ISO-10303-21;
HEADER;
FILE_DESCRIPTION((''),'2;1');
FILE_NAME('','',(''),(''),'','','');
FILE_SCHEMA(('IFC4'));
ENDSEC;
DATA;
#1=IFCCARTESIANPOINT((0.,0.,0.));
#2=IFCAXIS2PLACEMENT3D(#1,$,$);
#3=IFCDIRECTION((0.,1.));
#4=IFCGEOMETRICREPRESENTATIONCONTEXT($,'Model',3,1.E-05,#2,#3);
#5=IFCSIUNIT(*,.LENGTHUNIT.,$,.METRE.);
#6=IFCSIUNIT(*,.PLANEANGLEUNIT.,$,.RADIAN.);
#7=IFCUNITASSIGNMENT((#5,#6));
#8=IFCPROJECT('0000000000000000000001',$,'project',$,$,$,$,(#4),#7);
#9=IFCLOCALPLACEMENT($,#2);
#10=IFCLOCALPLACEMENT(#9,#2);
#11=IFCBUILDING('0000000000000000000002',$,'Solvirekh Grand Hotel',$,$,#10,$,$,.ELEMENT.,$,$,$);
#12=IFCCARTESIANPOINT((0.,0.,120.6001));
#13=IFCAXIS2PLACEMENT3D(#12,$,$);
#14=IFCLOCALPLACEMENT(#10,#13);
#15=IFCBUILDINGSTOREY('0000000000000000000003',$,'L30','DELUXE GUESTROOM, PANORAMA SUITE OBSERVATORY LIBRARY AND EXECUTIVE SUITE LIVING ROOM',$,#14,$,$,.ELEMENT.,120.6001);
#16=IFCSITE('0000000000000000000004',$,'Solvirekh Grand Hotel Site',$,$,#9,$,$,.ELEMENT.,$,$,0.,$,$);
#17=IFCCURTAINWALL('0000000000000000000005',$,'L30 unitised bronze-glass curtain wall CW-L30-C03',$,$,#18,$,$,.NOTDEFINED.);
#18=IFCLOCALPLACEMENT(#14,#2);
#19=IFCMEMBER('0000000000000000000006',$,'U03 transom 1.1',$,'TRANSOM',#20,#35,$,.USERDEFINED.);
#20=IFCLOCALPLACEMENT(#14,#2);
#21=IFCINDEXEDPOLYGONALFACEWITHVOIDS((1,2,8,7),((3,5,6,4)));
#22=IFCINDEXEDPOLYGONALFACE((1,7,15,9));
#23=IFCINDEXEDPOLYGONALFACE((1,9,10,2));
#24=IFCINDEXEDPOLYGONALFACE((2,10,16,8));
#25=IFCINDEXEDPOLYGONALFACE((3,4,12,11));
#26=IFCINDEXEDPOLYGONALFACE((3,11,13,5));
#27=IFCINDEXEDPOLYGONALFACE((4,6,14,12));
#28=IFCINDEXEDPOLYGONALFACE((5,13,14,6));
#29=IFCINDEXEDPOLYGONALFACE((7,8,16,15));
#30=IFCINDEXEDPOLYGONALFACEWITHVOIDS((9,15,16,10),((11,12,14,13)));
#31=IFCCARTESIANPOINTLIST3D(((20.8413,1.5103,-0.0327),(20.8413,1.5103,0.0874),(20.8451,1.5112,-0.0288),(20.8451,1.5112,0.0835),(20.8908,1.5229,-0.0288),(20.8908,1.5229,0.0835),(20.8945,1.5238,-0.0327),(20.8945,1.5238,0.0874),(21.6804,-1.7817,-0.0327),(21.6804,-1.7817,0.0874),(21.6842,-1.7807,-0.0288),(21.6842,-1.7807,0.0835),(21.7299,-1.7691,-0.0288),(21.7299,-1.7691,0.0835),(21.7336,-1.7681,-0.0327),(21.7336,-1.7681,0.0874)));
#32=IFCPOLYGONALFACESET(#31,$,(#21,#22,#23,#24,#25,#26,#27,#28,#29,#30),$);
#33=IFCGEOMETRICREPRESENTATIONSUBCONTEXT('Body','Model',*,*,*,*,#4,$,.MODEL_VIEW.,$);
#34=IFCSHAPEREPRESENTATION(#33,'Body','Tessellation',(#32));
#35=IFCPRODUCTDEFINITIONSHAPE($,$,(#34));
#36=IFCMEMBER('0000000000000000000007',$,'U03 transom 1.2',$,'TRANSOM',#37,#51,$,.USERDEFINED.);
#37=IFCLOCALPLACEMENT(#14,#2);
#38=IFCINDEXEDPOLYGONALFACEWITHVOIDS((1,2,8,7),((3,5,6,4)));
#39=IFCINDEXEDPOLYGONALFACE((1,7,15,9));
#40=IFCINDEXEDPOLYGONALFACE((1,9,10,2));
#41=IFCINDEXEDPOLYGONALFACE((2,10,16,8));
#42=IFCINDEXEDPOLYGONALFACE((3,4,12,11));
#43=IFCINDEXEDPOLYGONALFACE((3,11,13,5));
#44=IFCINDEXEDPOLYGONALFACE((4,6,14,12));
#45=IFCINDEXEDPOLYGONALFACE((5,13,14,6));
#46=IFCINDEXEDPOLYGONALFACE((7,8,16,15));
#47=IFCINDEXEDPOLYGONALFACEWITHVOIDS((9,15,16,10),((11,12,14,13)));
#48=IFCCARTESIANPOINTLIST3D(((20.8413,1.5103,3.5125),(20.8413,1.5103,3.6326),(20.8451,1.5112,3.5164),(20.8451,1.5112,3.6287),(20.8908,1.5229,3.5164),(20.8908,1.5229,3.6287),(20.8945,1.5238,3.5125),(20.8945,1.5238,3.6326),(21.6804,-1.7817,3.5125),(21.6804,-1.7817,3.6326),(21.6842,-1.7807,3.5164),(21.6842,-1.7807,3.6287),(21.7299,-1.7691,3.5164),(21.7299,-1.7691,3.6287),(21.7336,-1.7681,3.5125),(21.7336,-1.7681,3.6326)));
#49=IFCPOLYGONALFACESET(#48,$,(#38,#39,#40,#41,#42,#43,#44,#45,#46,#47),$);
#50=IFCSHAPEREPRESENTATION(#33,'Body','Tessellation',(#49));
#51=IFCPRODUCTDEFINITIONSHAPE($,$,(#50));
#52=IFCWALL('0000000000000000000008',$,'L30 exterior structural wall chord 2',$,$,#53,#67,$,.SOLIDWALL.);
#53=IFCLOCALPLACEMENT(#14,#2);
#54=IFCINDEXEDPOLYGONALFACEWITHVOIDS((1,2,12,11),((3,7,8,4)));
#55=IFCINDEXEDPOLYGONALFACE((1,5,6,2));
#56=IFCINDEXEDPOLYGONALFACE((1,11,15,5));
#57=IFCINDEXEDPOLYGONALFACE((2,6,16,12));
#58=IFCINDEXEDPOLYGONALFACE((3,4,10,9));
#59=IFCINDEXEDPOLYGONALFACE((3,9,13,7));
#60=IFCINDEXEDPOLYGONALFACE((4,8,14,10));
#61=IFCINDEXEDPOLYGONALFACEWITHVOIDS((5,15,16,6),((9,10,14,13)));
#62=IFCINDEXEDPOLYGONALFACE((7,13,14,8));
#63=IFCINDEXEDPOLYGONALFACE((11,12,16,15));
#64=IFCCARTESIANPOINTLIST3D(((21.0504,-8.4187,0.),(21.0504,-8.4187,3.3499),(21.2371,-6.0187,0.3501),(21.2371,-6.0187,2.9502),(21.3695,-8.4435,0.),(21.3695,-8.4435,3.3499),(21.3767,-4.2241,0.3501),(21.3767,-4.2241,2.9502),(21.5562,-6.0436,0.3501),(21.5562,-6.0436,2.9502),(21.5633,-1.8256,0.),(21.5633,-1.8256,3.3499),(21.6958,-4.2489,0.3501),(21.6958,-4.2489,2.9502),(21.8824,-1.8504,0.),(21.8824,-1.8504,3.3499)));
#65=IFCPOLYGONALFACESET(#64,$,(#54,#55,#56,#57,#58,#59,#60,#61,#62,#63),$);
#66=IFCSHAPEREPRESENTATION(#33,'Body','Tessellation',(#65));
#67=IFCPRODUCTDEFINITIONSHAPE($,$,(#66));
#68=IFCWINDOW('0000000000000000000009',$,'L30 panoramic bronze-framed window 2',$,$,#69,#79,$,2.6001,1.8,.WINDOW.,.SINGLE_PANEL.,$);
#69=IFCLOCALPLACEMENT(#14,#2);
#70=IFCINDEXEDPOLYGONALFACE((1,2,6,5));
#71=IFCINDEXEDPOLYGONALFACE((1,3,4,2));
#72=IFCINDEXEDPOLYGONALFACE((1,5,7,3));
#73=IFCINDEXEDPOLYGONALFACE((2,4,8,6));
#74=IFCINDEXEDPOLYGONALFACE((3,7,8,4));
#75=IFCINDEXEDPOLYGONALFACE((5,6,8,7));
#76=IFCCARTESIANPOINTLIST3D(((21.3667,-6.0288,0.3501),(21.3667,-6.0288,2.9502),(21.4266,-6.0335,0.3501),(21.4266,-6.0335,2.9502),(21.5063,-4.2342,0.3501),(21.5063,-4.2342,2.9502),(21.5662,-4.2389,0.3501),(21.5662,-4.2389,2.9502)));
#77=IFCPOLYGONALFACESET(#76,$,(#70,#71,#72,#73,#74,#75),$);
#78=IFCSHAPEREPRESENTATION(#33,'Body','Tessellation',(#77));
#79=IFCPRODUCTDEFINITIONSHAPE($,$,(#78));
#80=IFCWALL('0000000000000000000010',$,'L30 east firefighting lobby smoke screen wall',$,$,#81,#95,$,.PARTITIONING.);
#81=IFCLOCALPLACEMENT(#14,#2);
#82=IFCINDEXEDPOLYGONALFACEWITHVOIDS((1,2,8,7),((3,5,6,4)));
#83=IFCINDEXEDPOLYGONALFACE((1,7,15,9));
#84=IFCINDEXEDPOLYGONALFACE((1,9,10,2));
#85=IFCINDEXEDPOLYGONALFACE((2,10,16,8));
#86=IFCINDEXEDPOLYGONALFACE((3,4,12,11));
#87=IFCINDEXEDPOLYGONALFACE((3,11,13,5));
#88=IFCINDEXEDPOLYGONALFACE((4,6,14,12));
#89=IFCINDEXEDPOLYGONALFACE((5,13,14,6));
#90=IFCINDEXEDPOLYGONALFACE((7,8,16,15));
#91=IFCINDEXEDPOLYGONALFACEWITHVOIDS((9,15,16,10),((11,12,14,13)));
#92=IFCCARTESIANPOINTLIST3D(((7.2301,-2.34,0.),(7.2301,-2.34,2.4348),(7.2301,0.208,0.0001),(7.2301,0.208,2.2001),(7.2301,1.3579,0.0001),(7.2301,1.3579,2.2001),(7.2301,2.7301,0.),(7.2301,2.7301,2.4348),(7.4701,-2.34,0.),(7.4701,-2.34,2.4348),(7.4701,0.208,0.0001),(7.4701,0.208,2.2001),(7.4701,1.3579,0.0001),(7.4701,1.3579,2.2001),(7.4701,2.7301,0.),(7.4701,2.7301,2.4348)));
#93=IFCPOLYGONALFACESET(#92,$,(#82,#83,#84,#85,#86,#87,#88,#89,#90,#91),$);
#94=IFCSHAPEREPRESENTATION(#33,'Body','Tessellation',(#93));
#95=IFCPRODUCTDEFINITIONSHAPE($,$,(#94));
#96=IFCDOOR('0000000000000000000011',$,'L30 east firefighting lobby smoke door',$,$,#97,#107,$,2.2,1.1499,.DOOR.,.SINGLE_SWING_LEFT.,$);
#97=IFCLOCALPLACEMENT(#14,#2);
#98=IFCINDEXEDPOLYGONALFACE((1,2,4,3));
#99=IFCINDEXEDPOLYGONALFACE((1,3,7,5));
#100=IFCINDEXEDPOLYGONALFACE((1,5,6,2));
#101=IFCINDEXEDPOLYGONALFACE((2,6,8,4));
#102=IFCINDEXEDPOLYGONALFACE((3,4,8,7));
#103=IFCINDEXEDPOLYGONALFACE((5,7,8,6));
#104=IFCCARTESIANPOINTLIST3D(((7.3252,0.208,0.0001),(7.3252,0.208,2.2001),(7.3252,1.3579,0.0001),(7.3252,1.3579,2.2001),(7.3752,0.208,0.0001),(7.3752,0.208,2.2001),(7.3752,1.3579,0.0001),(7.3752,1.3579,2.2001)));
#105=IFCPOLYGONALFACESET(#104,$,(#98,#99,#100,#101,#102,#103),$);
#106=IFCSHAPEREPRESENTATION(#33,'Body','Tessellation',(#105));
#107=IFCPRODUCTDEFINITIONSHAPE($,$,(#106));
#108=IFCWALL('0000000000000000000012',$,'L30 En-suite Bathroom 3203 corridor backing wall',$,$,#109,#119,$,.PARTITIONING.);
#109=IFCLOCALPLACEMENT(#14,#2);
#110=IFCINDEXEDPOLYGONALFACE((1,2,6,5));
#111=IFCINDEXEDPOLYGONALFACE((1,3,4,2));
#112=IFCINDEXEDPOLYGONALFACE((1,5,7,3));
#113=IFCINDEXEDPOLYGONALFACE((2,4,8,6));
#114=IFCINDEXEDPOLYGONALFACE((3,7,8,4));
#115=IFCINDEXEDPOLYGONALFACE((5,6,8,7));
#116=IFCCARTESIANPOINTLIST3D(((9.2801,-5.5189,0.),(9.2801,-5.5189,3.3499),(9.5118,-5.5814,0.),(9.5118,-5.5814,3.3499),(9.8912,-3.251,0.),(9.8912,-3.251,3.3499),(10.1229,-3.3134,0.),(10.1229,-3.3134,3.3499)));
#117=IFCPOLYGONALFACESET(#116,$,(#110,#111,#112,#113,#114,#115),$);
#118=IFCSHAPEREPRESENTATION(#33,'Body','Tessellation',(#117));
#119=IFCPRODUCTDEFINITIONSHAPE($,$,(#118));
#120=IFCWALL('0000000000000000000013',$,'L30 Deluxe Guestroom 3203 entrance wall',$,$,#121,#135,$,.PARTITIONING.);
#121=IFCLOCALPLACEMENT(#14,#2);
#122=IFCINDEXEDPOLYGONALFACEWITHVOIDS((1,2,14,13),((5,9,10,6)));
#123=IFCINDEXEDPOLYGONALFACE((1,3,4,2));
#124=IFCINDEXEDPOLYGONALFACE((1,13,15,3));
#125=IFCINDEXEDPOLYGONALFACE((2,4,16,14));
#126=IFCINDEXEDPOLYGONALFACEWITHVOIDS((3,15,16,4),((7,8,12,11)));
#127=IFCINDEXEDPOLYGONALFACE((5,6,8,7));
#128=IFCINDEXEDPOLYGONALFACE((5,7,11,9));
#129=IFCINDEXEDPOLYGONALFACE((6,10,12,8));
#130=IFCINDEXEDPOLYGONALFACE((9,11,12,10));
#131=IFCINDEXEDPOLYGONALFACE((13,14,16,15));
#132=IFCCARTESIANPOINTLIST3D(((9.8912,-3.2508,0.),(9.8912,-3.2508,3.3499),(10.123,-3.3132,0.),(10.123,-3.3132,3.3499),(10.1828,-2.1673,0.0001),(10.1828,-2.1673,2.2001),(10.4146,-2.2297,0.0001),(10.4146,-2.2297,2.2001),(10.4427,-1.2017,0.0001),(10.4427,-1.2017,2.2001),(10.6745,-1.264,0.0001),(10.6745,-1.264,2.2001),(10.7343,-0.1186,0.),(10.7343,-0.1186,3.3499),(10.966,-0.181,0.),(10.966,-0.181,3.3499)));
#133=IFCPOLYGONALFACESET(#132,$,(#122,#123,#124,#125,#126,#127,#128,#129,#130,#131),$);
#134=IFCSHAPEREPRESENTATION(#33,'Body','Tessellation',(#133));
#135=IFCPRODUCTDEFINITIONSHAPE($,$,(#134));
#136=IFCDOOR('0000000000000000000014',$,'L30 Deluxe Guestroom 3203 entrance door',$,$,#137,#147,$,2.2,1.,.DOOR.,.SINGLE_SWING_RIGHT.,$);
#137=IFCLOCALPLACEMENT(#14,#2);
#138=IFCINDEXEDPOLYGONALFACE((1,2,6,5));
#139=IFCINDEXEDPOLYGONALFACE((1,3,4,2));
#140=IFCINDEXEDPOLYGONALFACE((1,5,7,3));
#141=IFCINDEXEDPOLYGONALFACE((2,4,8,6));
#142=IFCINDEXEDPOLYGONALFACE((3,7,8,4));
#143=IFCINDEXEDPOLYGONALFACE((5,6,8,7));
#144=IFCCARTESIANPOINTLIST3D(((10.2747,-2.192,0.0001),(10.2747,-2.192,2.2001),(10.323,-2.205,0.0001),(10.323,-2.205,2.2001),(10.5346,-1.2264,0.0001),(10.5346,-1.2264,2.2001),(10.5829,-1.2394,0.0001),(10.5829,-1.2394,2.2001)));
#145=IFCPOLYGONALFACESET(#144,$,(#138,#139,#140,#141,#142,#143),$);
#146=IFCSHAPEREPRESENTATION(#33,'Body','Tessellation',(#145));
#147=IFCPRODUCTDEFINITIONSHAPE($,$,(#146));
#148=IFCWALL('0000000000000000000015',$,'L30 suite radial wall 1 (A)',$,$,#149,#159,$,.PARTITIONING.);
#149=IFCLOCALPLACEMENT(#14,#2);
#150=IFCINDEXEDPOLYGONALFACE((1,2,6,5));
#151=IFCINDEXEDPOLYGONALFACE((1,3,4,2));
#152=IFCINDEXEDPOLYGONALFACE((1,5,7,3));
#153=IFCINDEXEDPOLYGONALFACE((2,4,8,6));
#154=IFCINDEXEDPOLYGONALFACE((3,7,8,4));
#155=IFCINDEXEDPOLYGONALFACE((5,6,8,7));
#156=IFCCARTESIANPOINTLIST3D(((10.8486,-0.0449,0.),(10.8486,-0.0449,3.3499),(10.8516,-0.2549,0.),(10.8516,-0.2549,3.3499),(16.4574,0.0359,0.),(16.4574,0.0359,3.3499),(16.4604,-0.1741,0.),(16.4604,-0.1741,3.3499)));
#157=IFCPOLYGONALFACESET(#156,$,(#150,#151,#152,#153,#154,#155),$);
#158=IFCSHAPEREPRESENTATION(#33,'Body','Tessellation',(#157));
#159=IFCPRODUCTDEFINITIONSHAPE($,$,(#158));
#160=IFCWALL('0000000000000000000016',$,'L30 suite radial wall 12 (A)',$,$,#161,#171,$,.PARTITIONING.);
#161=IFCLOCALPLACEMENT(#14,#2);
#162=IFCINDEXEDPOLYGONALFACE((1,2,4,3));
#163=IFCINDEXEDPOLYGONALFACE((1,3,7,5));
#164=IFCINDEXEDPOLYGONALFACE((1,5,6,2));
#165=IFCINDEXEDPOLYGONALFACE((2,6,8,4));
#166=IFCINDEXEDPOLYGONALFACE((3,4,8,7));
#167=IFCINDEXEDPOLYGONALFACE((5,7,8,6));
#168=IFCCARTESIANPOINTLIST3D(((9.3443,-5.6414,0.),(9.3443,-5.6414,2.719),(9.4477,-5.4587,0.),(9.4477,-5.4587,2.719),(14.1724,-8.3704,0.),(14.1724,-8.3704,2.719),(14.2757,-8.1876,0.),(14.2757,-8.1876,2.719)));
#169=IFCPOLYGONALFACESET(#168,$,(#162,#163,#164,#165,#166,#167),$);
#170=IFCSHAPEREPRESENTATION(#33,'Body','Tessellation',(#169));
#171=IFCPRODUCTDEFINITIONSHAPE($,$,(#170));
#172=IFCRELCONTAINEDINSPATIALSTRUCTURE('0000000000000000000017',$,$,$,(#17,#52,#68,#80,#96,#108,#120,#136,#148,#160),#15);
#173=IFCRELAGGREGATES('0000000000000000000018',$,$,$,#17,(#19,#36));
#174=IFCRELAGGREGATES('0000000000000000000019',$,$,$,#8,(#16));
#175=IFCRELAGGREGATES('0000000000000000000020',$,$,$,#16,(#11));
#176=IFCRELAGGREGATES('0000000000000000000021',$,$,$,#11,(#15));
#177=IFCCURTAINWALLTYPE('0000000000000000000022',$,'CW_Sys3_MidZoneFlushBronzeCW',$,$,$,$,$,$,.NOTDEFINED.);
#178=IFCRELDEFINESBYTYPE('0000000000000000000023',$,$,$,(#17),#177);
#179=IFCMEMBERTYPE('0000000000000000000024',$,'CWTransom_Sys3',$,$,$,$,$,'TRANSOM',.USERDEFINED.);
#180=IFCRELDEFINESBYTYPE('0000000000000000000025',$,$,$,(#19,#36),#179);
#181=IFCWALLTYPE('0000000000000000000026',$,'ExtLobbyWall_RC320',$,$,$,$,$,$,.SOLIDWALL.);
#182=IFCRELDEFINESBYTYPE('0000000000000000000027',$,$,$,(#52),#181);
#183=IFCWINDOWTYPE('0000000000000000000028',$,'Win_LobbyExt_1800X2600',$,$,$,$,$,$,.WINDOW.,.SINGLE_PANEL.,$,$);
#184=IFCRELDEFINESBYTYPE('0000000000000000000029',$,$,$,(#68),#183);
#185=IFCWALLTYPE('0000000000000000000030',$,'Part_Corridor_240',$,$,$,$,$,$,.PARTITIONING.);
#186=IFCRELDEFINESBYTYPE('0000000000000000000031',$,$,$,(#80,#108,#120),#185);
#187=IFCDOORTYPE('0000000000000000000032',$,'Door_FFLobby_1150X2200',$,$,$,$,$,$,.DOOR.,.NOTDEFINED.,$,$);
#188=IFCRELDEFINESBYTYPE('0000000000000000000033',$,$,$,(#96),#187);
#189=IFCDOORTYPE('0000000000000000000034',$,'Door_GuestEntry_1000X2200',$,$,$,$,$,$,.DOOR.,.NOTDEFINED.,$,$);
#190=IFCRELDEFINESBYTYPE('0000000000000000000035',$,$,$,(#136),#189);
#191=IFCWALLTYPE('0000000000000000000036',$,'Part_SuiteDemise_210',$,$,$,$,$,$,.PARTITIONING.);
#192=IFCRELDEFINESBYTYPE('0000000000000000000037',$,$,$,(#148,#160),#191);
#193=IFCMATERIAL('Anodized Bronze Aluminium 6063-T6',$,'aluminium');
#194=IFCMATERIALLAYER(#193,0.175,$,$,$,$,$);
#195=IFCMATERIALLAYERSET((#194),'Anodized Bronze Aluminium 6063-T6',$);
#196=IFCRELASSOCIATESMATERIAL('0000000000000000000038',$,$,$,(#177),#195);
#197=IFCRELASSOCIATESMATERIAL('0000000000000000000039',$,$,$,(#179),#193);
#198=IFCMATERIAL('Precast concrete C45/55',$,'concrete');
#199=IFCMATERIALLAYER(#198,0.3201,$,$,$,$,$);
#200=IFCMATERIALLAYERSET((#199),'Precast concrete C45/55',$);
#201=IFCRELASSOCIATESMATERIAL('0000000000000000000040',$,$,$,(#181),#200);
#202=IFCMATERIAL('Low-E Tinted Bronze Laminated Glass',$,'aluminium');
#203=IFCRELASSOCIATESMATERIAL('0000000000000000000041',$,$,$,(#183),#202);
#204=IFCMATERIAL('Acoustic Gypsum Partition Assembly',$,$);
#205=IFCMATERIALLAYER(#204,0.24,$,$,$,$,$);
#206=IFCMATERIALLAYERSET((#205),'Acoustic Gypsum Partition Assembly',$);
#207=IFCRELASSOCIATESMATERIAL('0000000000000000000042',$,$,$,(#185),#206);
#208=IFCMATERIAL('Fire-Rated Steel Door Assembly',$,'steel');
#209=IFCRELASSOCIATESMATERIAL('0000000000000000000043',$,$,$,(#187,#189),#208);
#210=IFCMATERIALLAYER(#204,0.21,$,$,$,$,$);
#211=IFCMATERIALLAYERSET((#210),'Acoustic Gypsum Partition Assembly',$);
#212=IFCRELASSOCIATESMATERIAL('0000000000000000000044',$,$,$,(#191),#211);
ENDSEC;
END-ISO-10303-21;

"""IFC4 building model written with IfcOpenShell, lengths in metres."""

from ifc_helpers import new_model, si_unit, direction, frame, frame_2d, origin, origin_2d, place, context, subcontext, project, spatial, rectangle, hollow_rectangle, extrude, source, transform, mapped, material, layer, layer_set, material_profile, profile_set, type_object, element, fill, aggregate, save


model = new_model("IFC4")

# Units and contexts
model_context = context("Model", 3, precision=1e-05, world=origin(), true_north=direction((0.0, 1.0)))
body_context = subcontext(model_context, "Body", "Model", "MODEL_VIEW")
ifc_project = project(units=[si_unit("LENGTHUNIT", "METRE"), si_unit("PLANEANGLEUNIT", "RADIAN")], contexts=[model_context])

# Site, building, storey
site_placement = place(None, origin())
site = spatial("IfcSite", under=ifc_project, at=site_placement, Name="Solvirekh Grand Hotel Site", CompositionType="ELEMENT", RefElevation=0.0)
building_placement = place(site_placement, origin())
building = spatial("IfcBuilding", under=site, at=building_placement, Name="Solvirekh Grand Hotel", CompositionType="ELEMENT")
storey_placement = place(building_placement, frame((0.0, 0.0, 120.6001)))
storey = spatial("IfcBuildingStorey", under=building, at=storey_placement, Name="L30", Description="DELUXE GUESTROOM, PANORAMA SUITE OBSERVATORY LIBRARY AND EXECUTIVE SUITE LIVING ROOM", CompositionType="ELEMENT", Elevation=120.6001)

# Shared definitions
ifc_material_1 = material(Name="Anodized Bronze Aluminium 6063-T6", Category="aluminium")
ifc_layer_1 = layer(ifc_material_1, 0.175)
ifc_layer_set_1 = layer_set([ifc_layer_1], Name="Anodized Bronze Aluminium 6063-T6")
curtain_wall_type = type_object("IfcCurtainWallType", Name="CW_Sys3_MidZoneFlushBronzeCW", PredefinedType="NOTDEFINED", material=ifc_layer_set_1)

# Curtain wall, members
curtain_wall_1_placement = place(storey_placement, origin())
curtain_wall_1 = element("IfcCurtainWall", 1, at=curtain_wall_1_placement, inside=storey, type_object=curtain_wall_type, Name="L30 unitised bronze-glass curtain wall CW-L30-C03", PredefinedType="NOTDEFINED")
ifc_material_profile_1 = material_profile(ifc_material_1, hollow_rectangle(XDim=0.0549, YDim=0.1201, WallThickness=0.0039, at=origin_2d()), Name="ALU RHS 120X55X4")
ifc_profile_set_1 = profile_set([ifc_material_profile_1], Name="Anodized Bronze Aluminium 6063-T6")
member_type_1 = type_object("IfcMemberType", Name="CWTransom_Sys3", ElementType="TRANSOM", PredefinedType="USERDEFINED", material=ifc_profile_set_1)
shared_shape_1 = source(origin(), body_context, "Body", "SweptSolid", [
    extrude(hollow_rectangle(XDim=0.0549, YDim=0.1201, WallThickness=0.0039, at=origin_2d()), origin(), (0.0, 0.0, 1.0), 3.3972),
])
member_1_placement = place(storey_placement, frame((21.707, -1.7749, 0.0273), z_axis=(-0.246997, 0.969016, 0.0), x_axis=(-0.969016, -0.246997, 0.0)))
member_1 = element("IfcMember", 2, at=member_1_placement, type_object=member_type_1, Name="U03 transom 1.1", ObjectType="TRANSOM", PredefinedType="USERDEFINED", context=body_context, shape_type="MappedRepresentation", body=[
    mapped(shared_shape_1, transform((0.0, 0.0, 0.0), x_axis=(1.0, 0.0, 0.0), y_axis=(0.0, 1.0, 0.0), z_axis=(0.0, 0.0, 1.0), scale=1.0)),
])
member_2_placement = place(storey_placement, frame((21.707, -1.7749, 3.5725), z_axis=(-0.246997, 0.969016, 0.0), x_axis=(-0.969016, -0.246997, 0.0)))
member_2 = element("IfcMember", 3, at=member_2_placement, type_object=member_type_1, Name="U03 transom 1.2", ObjectType="TRANSOM", PredefinedType="USERDEFINED", context=body_context, shape_type="MappedRepresentation", body=[
    mapped(shared_shape_1, transform((0.0, 0.0, 0.0), x_axis=(1.0, 0.0, 0.0), y_axis=(0.0, 1.0, 0.0), z_axis=(0.0, 0.0, 1.0), scale=1.0)),
])
aggregate(curtain_wall_1, [member_1, member_2])

# Wall, opening, window
ifc_material_2 = material(Name="Precast concrete C45/55", Category="concrete")
ifc_layer_2 = layer(ifc_material_2, 0.3201)
ifc_layer_set_2 = layer_set([ifc_layer_2], Name="Precast concrete C45/55")
wall_type_1 = type_object("IfcWallType", Name="ExtLobbyWall_RC320", PredefinedType="SOLIDWALL", material=ifc_layer_set_2)
wall_1_placement = place(storey_placement, frame((21.7229, -1.8379, 0.0), z_axis=(0.0, 0.0, 1.0), x_axis=(-0.077566, -0.996987, 0.0)))
wall_1 = element("IfcWall", 4, at=wall_1_placement, inside=storey, type_object=wall_type_1, Name="L30 exterior structural wall chord 2", PredefinedType="SOLIDWALL", context=body_context, shape_type="SweptSolid", body=[
    extrude(rectangle(XDim=6.613, YDim=0.3201, at=frame_2d((3.3066, 0.0))), origin(), (0.0, 0.0, 1.0), 3.3499),
])
opening_1_placement = place(wall_1_placement, frame((2.406, 0.0, 0.3501)))
opening_1 = element("IfcOpeningElement", 5, at=opening_1_placement, cuts=wall_1, PredefinedType="OPENING", context=body_context, shape_type="SweptSolid", body=[
    extrude(rectangle(XDim=1.8, YDim=2.6001, at=frame_2d((0.8999, 1.3))), frame((0.0, 0.1699, 0.0), z_axis=(0.0, -1.0, 0.0), x_axis=(1.0, 0.0, 0.0)), (0.0, 0.0, 1.0), 0.3401),
])
ifc_material_3 = material(Name="Low-E Tinted Bronze Laminated Glass", Category="aluminium")
window_type = type_object("IfcWindowType", Name="Win_LobbyExt_1800X2600", PartitioningType="SINGLE_PANEL", PredefinedType="WINDOW", material=ifc_material_3)
window_placement = place(opening_1_placement, origin())
window = element("IfcWindow", 6, at=window_placement, inside=storey, type_object=window_type, Name="L30 panoramic bronze-framed window 2", OverallHeight=2.6001, OverallWidth=1.8, PartitioningType="SINGLE_PANEL", PredefinedType="WINDOW", context=body_context, shape_type="SweptSolid", body=[
    extrude(rectangle(XDim=1.8, YDim=2.6001, at=frame_2d((0.8999, 1.3))), frame((0.0, 0.03, 0.0), z_axis=(0.0, -1.0, 0.0), x_axis=(1.0, 0.0, 0.0)), (0.0, 0.0, 1.0), 0.0601),
])
fill(opening_1, window)

# Wall, opening, door
ifc_material_4 = material(Name="Acoustic Gypsum Partition Assembly")
ifc_layer_3 = layer(ifc_material_4, 0.24)
ifc_layer_set_3 = layer_set([ifc_layer_3], Name="Acoustic Gypsum Partition Assembly")
wall_type_2 = type_object("IfcWallType", Name="Part_Corridor_240", PredefinedType="PARTITIONING", material=ifc_layer_set_3)
wall_2_placement = place(storey_placement, frame((7.3501, -2.3401, 0.0), z_axis=(0.0, 0.0, 1.0), x_axis=(0.0, 1.0, 0.0)))
wall_2 = element("IfcWall", 7, at=wall_2_placement, inside=storey, type_object=wall_type_2, Name="L30 east firefighting lobby smoke screen wall", PredefinedType="PARTITIONING", context=body_context, shape_type="SweptSolid", body=[
    extrude(rectangle(XDim=5.0701, YDim=0.24, at=frame_2d((2.5352, 0.0))), origin(), (0.0, 0.0, 1.0), 2.4348),
])
opening_2_placement = place(wall_2_placement, frame((2.5481, 0.0, 0.0)))
opening_2 = element("IfcOpeningElement", 8, at=opening_2_placement, cuts=wall_2, PredefinedType="OPENING", context=body_context, shape_type="SweptSolid", body=[
    extrude(rectangle(XDim=1.1499, YDim=2.2, at=frame_2d((0.575, 1.1001))), frame((0.0, 0.1299, 0.0), z_axis=(0.0, -1.0, 0.0), x_axis=(1.0, 0.0, 0.0)), (0.0, 0.0, 1.0), 0.26),
])
ifc_material_5 = material(Name="Fire-Rated Steel Door Assembly", Category="steel")
door_type_1 = type_object("IfcDoorType", Name="Door_FFLobby_1150X2200", OperationType="NOTDEFINED", PredefinedType="DOOR", material=ifc_material_5)
door_1_placement = place(opening_2_placement, origin())
door_1 = element("IfcDoor", 9, at=door_1_placement, inside=storey, type_object=door_type_1, Name="L30 east firefighting lobby smoke door", OperationType="SINGLE_SWING_LEFT", OverallHeight=2.2, OverallWidth=1.1499, PredefinedType="DOOR", context=body_context, shape_type="SweptSolid", body=[
    extrude(rectangle(XDim=1.1499, YDim=2.2, at=frame_2d((0.575, 1.1001))), frame((0.0, 0.0249, 0.0), z_axis=(0.0, -1.0, 0.0), x_axis=(1.0, 0.0, 0.0)), (0.0, 0.0, 1.0), 0.05),
])
fill(opening_2, door_1)

# Wall
wall_3_placement = place(storey_placement, frame((9.396, -5.55, 0.0), z_axis=(0.0, 0.0, 1.0), x_axis=(0.260152, 0.965568, 0.0)))
element("IfcWall", 10, at=wall_3_placement, inside=storey, type_object=wall_type_2, Name="L30 En-suite Bathroom 3203 corridor backing wall", PredefinedType="PARTITIONING", context=body_context, shape_type="SweptSolid", body=[
    extrude(rectangle(XDim=2.3489, YDim=0.24, at=frame_2d((1.1743, 0.0))), origin(), (0.0, 0.0, 1.0), 3.3499),
])

# Wall, opening, door
wall_4_placement = place(storey_placement, frame((10.0071, -3.282, 0.0), z_axis=(0.0, 0.0, 1.0), x_axis=(0.259906, 0.965634, 0.0)))
wall_4 = element("IfcWall", 11, at=wall_4_placement, inside=storey, type_object=wall_type_2, Name="L30 Deluxe Guestroom 3203 entrance wall", PredefinedType="PARTITIONING", context=body_context, shape_type="SweptSolid", body=[
    extrude(rectangle(XDim=3.2437, YDim=0.24, at=frame_2d((1.6218, 0.0))), origin(), (0.0, 0.0, 1.0), 3.3499),
])
opening_3_placement = place(wall_4_placement, frame((1.1221, 0.0, 0.0)))
opening_3 = element("IfcOpeningElement", 12, at=opening_3_placement, cuts=wall_4, PredefinedType="OPENING", context=body_context, shape_type="SweptSolid", body=[
    extrude(rectangle(XDim=1.0, YDim=2.2, at=frame_2d((0.5, 1.1001))), frame((0.0, 0.1299, 0.0), z_axis=(0.0, -1.0, 0.0), x_axis=(1.0, 0.0, 0.0)), (0.0, 0.0, 1.0), 0.26),
])
door_type_2 = type_object("IfcDoorType", Name="Door_GuestEntry_1000X2200", OperationType="NOTDEFINED", PredefinedType="DOOR", material=ifc_material_5)
door_2_placement = place(opening_3_placement, origin())
door_2 = element("IfcDoor", 13, at=door_2_placement, inside=storey, type_object=door_type_2, Name="L30 Deluxe Guestroom 3203 entrance door", OperationType="SINGLE_SWING_RIGHT", OverallHeight=2.2, OverallWidth=1.0, PredefinedType="DOOR", context=body_context, shape_type="SweptSolid", body=[
    extrude(rectangle(XDim=1.0, YDim=2.2, at=frame_2d((0.5, 1.1001))), frame((0.0, 0.0249, 0.0), z_axis=(0.0, -1.0, 0.0), x_axis=(1.0, 0.0, 0.0)), (0.0, 0.0, 1.0), 0.05),
])
fill(opening_3, door_2)

# Walls
ifc_layer_4 = layer(ifc_material_4, 0.21)
ifc_layer_set_4 = layer_set([ifc_layer_4], Name="Acoustic Gypsum Partition Assembly")
wall_type_3 = type_object("IfcWallType", Name="Part_SuiteDemise_210", PredefinedType="PARTITIONING", material=ifc_layer_set_4)
wall_5_placement = place(storey_placement, frame((10.8501, -0.1499, 0.0), z_axis=(0.0, 0.0, 1.0), x_axis=(0.999896, 0.014406, 0.0)))
element("IfcWall", 14, at=wall_5_placement, inside=storey, type_object=wall_type_3, Name="L30 suite radial wall 1 (A)", PredefinedType="PARTITIONING", context=body_context, shape_type="SweptSolid", body=[
    extrude(rectangle(XDim=5.6094, YDim=0.21, at=frame_2d((2.8047, 0.0))), origin(), (0.0, 0.0, 1.0), 3.3499),
])
wall_6_placement = place(storey_placement, frame((9.396, -5.55, 0.0), z_axis=(0.0, 0.0, 1.0), x_axis=(0.870558, -0.492066, 0.0)))
element("IfcWall", 15, at=wall_6_placement, inside=storey, type_object=wall_type_3, Name="L30 suite radial wall 12 (A)", PredefinedType="PARTITIONING", context=body_context, shape_type="SweptSolid", body=[
    extrude(rectangle(XDim=5.5459, YDim=0.21, at=frame_2d((2.7729, 0.0))), origin(), (0.0, 0.0, 1.0), 2.719),
])

save(model, "model.ifc")
